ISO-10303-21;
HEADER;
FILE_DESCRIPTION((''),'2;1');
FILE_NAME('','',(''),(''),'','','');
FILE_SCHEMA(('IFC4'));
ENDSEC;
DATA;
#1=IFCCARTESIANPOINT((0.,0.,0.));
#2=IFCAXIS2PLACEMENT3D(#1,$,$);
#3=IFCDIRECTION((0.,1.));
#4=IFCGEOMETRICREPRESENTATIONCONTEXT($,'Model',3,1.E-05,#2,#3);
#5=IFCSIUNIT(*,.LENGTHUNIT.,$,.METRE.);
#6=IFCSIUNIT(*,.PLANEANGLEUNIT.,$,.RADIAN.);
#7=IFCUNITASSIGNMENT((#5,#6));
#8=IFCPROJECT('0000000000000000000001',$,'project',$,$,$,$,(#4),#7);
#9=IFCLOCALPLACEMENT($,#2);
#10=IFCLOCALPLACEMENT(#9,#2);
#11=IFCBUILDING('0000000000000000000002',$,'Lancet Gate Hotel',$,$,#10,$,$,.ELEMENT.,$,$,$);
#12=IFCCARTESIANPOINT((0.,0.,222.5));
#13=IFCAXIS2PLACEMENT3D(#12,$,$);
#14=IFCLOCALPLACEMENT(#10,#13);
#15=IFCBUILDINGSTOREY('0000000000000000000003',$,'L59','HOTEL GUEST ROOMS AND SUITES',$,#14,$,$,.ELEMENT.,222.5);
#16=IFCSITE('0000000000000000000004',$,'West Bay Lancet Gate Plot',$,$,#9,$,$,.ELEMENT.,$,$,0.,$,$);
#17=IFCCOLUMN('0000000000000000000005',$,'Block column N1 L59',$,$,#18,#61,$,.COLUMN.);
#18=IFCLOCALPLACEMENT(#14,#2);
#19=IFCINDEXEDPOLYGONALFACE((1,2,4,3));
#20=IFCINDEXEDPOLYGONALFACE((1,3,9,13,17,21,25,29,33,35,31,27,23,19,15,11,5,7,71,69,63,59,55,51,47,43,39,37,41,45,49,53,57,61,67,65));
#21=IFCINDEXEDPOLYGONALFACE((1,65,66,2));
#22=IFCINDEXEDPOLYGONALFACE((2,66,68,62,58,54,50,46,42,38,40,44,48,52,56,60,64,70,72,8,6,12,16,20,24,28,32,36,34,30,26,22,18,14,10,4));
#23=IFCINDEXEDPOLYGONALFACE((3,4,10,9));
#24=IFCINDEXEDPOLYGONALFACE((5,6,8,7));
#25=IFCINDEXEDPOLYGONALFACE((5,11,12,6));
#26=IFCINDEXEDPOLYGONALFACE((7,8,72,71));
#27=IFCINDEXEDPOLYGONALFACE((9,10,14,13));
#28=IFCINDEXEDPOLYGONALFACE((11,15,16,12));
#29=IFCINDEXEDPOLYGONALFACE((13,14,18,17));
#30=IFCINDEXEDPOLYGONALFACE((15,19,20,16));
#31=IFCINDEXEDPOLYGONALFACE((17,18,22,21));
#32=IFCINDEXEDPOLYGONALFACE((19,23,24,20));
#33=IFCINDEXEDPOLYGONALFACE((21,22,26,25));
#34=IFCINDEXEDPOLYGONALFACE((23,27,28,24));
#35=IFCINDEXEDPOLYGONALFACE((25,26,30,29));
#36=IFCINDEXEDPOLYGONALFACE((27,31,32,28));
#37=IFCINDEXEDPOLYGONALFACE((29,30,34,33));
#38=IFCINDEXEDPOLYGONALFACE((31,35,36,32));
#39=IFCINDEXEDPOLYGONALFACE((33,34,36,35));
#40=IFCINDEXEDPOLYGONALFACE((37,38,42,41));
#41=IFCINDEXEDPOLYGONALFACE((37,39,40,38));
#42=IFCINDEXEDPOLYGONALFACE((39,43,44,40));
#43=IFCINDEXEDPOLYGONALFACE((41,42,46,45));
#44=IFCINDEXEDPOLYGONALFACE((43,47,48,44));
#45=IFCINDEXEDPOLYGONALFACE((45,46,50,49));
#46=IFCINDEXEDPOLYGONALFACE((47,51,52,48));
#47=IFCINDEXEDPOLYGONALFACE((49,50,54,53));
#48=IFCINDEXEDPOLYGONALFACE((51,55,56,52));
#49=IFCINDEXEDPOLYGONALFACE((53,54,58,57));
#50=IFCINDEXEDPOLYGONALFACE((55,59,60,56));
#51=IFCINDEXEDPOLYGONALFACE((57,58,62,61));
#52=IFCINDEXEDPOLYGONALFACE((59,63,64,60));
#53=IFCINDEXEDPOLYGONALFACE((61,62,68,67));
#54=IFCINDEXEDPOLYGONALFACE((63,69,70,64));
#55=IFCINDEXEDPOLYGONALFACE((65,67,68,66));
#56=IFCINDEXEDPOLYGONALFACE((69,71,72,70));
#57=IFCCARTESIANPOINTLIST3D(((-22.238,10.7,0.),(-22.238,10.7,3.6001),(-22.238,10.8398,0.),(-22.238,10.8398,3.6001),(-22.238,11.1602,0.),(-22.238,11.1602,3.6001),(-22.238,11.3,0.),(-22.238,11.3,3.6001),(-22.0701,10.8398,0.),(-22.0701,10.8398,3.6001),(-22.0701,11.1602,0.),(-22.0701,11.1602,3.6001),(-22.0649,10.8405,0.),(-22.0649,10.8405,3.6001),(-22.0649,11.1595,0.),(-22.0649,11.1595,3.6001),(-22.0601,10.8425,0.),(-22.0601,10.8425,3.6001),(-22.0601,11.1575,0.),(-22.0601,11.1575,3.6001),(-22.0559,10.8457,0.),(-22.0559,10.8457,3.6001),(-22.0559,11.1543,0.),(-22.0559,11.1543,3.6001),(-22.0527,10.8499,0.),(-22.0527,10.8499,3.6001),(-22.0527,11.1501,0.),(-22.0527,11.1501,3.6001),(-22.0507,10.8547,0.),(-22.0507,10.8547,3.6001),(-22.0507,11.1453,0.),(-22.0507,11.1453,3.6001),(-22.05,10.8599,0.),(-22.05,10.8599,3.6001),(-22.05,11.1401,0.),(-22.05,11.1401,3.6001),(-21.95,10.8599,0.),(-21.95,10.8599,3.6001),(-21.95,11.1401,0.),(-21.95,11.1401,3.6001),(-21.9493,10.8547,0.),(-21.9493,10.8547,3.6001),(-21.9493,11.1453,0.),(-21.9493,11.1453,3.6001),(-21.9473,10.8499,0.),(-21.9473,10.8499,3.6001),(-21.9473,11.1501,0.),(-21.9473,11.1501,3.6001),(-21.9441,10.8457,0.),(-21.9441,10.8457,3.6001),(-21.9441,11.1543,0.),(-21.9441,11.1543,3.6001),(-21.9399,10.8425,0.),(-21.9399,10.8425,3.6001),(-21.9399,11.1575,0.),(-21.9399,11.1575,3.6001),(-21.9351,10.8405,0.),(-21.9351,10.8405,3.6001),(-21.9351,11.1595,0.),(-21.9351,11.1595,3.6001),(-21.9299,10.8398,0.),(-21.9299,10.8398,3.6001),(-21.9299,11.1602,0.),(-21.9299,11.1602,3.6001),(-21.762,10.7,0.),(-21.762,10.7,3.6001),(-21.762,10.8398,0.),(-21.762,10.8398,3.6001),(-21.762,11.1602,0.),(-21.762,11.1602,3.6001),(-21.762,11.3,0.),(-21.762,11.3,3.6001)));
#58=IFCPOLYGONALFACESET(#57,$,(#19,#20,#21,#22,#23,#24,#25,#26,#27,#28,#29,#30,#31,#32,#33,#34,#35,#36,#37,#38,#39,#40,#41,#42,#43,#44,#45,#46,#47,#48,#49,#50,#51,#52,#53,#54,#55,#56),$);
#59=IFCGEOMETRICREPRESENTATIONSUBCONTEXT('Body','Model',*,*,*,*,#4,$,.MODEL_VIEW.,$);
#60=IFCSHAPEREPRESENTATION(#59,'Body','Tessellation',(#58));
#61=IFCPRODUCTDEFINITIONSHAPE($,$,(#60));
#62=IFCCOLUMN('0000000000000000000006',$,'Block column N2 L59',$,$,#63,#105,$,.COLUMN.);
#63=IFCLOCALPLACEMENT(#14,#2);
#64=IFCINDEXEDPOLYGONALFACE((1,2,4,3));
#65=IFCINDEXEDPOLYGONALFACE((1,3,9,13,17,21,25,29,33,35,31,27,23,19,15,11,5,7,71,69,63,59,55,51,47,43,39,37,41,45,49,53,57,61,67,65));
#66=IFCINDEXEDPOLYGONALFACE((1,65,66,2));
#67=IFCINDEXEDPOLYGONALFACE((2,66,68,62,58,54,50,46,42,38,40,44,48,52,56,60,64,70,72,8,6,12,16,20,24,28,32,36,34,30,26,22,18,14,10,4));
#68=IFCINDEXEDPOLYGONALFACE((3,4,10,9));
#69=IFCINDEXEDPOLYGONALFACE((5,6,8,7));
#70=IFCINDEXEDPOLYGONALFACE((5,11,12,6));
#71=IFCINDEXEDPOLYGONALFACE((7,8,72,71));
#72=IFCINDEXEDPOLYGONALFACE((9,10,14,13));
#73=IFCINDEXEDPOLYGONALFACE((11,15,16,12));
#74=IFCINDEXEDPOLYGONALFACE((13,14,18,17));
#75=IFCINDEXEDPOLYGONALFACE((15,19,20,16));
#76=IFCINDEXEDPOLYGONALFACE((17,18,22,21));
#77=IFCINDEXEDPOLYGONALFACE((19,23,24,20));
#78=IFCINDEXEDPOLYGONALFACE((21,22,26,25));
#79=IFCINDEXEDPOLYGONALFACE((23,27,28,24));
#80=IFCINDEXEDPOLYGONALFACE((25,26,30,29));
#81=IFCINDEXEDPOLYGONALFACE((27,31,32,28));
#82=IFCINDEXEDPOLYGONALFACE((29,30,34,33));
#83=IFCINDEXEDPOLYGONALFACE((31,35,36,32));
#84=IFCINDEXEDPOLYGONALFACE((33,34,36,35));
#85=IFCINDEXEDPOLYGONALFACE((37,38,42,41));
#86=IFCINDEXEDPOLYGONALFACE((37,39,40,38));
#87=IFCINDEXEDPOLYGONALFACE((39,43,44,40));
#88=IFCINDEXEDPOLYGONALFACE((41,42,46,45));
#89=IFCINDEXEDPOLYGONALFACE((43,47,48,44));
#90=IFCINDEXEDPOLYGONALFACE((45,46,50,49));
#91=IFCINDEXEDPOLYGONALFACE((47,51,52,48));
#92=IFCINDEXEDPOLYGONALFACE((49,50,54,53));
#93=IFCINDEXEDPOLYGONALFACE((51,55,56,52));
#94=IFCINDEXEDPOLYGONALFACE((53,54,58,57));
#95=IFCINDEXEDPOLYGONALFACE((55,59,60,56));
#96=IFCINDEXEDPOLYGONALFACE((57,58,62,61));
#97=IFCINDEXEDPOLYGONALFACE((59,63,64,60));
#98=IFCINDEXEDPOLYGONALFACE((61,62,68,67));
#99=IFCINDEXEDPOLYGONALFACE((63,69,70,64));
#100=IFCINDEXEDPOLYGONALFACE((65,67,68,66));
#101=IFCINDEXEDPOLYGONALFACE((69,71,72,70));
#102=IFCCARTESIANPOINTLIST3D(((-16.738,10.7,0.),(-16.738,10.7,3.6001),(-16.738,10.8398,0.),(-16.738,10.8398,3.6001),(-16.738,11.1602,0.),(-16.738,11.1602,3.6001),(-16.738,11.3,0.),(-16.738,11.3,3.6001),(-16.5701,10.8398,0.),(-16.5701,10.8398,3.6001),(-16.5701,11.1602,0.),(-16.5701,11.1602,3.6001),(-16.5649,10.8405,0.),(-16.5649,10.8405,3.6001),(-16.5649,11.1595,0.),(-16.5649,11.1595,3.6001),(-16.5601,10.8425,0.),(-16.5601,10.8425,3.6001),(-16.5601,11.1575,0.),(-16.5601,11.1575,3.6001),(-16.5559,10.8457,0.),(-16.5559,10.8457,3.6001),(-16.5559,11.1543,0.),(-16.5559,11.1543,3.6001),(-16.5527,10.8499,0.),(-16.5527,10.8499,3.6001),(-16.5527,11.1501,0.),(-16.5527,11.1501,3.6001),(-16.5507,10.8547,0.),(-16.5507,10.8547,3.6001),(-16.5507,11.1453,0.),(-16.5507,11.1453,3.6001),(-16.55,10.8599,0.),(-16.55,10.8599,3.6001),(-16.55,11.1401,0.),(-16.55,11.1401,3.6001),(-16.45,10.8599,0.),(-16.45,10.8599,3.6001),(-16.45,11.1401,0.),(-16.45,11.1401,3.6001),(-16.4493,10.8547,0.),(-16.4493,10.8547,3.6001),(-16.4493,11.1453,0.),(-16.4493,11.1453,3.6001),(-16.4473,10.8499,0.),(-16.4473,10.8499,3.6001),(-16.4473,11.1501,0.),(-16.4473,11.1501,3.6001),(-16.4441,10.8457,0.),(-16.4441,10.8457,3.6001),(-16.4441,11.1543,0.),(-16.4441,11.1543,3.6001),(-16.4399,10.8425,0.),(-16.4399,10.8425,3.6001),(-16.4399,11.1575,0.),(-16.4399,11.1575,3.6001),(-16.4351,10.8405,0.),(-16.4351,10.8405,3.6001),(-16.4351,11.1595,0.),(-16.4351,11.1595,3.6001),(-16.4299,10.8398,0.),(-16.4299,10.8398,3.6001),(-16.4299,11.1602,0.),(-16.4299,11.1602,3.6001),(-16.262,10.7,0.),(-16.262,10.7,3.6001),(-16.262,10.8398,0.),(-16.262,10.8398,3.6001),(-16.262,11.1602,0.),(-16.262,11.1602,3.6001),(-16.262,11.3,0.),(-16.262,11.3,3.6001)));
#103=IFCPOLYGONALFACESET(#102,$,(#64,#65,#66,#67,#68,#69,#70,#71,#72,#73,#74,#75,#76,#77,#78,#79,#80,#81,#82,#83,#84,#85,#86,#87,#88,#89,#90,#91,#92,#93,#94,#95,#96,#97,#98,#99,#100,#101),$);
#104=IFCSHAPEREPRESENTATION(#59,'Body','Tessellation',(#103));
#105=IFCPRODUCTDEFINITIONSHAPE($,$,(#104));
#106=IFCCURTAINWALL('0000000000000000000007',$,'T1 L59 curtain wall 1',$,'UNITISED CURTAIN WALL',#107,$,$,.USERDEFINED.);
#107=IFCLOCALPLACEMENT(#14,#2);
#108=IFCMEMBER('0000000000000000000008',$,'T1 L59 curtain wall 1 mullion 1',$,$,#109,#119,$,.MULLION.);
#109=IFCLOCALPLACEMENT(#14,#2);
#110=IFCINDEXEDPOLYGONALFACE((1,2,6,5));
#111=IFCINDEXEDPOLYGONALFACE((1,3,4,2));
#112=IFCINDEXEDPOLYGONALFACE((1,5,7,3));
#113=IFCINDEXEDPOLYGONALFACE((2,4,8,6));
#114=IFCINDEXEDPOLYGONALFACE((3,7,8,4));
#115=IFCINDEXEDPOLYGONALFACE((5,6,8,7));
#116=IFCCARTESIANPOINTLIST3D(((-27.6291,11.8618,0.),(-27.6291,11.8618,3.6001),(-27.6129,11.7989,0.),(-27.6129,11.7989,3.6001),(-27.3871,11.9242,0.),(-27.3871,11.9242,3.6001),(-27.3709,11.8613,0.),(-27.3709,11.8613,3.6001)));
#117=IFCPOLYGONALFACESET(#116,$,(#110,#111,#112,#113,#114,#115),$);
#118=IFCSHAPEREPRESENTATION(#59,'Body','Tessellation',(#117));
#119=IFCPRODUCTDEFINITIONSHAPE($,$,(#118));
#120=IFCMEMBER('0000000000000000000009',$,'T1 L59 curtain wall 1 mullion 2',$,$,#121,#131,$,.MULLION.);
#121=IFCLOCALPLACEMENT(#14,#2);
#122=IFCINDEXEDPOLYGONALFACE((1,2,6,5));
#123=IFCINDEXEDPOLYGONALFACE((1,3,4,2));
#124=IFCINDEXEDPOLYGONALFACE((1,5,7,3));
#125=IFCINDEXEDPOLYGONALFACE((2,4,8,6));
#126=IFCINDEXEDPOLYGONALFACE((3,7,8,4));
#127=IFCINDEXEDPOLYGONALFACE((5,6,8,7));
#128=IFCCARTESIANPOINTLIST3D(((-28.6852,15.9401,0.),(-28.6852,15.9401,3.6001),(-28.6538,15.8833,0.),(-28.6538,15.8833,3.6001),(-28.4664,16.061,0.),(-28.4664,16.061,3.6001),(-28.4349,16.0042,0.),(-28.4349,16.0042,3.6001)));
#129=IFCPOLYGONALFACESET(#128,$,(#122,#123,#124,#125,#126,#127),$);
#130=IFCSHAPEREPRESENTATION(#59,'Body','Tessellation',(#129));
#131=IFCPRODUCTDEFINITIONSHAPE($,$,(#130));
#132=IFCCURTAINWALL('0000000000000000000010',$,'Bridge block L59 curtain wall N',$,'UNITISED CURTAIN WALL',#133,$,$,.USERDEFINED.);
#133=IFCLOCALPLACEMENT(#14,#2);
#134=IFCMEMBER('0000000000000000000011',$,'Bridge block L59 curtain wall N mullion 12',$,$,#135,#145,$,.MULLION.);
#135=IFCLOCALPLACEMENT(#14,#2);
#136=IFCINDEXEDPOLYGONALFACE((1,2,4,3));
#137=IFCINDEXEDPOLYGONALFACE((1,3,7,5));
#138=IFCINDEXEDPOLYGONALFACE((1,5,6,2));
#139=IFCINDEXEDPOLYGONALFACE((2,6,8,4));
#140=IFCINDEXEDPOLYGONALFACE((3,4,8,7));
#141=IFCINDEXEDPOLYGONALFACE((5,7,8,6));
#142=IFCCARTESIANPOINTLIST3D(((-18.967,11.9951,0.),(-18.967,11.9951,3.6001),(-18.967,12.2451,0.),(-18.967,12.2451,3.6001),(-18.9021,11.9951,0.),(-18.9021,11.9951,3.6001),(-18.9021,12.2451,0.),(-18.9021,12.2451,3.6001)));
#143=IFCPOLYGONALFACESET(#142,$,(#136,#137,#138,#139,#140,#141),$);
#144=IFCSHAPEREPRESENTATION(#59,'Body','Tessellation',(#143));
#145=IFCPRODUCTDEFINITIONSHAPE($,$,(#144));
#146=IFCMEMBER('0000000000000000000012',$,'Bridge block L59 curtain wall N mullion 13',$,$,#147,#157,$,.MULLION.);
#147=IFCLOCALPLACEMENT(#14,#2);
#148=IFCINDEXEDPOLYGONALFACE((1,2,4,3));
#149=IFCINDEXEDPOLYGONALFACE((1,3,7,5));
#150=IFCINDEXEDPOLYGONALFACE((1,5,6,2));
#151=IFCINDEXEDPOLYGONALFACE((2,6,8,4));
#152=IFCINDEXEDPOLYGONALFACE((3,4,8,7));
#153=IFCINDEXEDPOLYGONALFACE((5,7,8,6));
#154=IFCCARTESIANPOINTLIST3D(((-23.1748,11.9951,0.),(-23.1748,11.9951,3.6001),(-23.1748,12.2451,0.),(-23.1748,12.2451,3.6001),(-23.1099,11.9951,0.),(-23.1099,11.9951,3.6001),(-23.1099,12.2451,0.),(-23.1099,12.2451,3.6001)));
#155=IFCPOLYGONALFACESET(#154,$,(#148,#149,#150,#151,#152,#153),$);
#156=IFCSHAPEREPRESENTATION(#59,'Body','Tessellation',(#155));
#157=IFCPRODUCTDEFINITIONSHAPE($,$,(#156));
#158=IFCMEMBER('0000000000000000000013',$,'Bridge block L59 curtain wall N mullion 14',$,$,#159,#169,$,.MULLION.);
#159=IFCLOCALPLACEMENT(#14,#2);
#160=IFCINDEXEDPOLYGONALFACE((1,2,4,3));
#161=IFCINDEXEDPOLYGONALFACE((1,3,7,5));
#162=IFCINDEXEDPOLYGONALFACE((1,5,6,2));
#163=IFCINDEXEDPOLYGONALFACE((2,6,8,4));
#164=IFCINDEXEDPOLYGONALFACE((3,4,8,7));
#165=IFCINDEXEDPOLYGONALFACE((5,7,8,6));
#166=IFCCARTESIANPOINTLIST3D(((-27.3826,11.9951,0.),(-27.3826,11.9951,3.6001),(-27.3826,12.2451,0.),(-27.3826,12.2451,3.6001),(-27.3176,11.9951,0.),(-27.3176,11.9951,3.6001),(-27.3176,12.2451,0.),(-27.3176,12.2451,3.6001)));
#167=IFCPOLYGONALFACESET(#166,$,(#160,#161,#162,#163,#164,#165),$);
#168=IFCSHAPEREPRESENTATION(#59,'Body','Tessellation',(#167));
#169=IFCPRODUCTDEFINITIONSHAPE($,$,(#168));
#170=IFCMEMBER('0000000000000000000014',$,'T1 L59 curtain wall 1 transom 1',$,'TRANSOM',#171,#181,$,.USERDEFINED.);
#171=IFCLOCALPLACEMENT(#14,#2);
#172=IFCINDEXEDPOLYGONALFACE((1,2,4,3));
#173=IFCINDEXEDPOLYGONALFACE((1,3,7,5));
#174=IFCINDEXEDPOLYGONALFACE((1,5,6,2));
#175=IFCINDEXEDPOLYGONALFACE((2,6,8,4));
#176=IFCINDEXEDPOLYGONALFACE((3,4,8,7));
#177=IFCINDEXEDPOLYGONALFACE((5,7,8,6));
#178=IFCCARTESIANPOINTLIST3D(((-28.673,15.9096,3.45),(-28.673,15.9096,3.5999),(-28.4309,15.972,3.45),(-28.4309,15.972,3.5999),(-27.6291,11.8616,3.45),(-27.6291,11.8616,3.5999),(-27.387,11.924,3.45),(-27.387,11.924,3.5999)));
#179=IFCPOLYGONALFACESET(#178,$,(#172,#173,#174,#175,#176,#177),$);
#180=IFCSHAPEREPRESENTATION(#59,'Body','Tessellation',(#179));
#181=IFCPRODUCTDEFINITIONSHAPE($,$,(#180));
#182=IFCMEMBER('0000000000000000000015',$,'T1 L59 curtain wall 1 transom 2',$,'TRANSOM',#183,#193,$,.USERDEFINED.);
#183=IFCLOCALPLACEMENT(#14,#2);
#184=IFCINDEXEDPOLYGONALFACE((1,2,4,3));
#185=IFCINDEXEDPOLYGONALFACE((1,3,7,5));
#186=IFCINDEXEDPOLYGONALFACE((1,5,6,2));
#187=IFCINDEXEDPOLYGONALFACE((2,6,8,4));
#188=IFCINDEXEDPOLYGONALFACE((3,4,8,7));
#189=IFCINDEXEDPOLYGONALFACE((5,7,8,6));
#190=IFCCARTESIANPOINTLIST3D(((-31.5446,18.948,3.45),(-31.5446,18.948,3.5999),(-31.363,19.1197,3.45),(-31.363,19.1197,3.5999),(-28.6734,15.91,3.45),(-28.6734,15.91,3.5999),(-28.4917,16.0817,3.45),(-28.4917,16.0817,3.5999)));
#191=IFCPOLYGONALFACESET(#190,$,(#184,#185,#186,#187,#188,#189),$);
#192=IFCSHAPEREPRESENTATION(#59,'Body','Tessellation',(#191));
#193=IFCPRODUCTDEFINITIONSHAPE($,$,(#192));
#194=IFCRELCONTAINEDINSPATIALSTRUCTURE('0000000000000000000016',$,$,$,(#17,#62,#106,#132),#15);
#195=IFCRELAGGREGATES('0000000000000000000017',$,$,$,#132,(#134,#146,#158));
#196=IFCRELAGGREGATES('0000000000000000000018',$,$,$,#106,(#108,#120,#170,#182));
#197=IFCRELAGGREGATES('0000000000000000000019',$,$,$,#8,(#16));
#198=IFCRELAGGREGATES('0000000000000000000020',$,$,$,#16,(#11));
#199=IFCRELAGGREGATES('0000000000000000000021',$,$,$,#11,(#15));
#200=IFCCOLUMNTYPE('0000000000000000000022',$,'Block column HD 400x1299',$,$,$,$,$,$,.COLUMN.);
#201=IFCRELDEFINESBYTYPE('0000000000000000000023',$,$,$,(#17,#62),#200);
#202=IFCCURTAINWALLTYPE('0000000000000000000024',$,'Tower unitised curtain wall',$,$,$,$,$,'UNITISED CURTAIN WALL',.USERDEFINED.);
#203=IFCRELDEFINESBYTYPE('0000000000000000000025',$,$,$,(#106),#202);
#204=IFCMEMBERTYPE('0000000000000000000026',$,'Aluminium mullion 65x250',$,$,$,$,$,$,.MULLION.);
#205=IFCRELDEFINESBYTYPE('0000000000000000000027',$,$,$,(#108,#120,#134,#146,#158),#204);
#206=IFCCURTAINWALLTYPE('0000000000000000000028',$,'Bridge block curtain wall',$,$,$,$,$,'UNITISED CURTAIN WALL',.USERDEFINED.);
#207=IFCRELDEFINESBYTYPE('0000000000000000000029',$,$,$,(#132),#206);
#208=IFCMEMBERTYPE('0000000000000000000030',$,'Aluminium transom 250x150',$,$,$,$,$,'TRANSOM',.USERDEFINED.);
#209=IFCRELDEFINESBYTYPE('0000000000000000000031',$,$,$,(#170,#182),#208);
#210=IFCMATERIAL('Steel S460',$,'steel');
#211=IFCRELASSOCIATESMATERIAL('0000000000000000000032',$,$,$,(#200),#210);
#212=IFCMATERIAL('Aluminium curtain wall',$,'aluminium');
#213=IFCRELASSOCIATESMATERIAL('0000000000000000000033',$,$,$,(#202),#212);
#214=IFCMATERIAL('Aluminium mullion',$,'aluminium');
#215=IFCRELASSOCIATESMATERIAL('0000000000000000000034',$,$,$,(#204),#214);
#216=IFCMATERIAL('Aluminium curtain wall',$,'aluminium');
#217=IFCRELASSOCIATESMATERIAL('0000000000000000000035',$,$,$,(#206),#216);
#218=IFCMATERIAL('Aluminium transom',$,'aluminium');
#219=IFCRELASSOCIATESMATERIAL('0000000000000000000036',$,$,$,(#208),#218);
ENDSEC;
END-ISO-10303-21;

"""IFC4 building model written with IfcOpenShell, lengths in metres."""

from ifc_helpers import new_model, si_unit, direction, frame, origin, origin_2d, place, context, subcontext, project, spatial, rectangle, i_section, extrude, material, material_profile, profile_set, type_object, element, aggregate, save


model = new_model("IFC4")

# Units and contexts
model_context = context("Model", 3, precision=1e-05, world=origin(), true_north=direction((0.0, 1.0)))
body_context = subcontext(model_context, "Body", "Model", "MODEL_VIEW")
ifc_project = project(units=[si_unit("LENGTHUNIT", "METRE"), si_unit("PLANEANGLEUNIT", "RADIAN")], contexts=[model_context])

# Site, building, storey
site_placement = place(None, origin())
site = spatial("IfcSite", under=ifc_project, at=site_placement, Name="West Bay Lancet Gate Plot", CompositionType="ELEMENT", RefElevation=0.0)
building_placement = place(site_placement, origin())
building = spatial("IfcBuilding", under=site, at=building_placement, Name="Lancet Gate Hotel", CompositionType="ELEMENT")
storey_placement = place(building_placement, frame((0.0, 0.0, 222.5)))
storey = spatial("IfcBuildingStorey", under=building, at=storey_placement, Name="L59", Description="HOTEL GUEST ROOMS AND SUITES", CompositionType="ELEMENT", Elevation=222.5)

# Columns
ifc_material_1 = material(Name="Steel S460", Category="steel")
ifc_material_profile_1 = material_profile(ifc_material_1, i_section(OverallWidth=0.4761, OverallDepth=0.6001, WebThickness=0.1001, FlangeThickness=0.1399, FilletRadius=0.02, at=origin_2d()), Name="HD 400x1299")
ifc_profile_set_1 = profile_set([ifc_material_profile_1], Name="Steel S460")
column_type = type_object("IfcColumnType", Name="Block column HD 400x1299", PredefinedType="COLUMN", material=ifc_profile_set_1)
for number, where, z_axis, x_axis, name in (
    (1, (-22.0, 11.0, 0.0), (0.0, 0.0, 1.0), (1.0, 0.0, 0.0), "Block column N1 L59"),
    (2, (-16.5, 11.0, 0.0), (0.0, 0.0, 1.0), (1.0, 0.0, 0.0), "Block column N2 L59"),
):
    element("IfcColumn", number, at=place(storey_placement, frame(where, z_axis=z_axis, x_axis=x_axis)), inside=storey, type_object=column_type, Name=name, PredefinedType="COLUMN", context=body_context, shape_type="SweptSolid", body=[
        extrude(i_section(OverallWidth=0.4761, OverallDepth=0.6001, WebThickness=0.1001, FlangeThickness=0.1399, FilletRadius=0.02, at=origin_2d()), origin(), (0.0, 0.0, 1.0), 3.6001),
    ])

# Curtain walls, members
ifc_material_2 = material(Name="Aluminium curtain wall", Category="aluminium")
curtain_wall_type_1 = type_object("IfcCurtainWallType", Name="Tower unitised curtain wall", ElementType="UNITISED CURTAIN WALL", PredefinedType="USERDEFINED", material=ifc_material_2)
curtain_wall_1_placement = place(storey_placement, origin())
curtain_wall_1 = element("IfcCurtainWall", 3, at=curtain_wall_1_placement, inside=storey, type_object=curtain_wall_type_1, Name="T1 L59 curtain wall 1", ObjectType="UNITISED CURTAIN WALL", PredefinedType="USERDEFINED")
ifc_material_3 = material(Name="Aluminium mullion", Category="aluminium")
ifc_material_profile_2 = material_profile(ifc_material_3, rectangle(XDim=0.0649, YDim=0.25, at=origin_2d()), Name="MULLION 65x250")
ifc_profile_set_2 = profile_set([ifc_material_profile_2], Name="Aluminium mullion")
member_type_1 = type_object("IfcMemberType", Name="Aluminium mullion 65x250", PredefinedType="MULLION", material=ifc_profile_set_2)
member_1_placement = place(storey_placement, frame((-27.5, 11.8616, 0.0), z_axis=(0.0, 0.0, 1.0), x_axis=(-0.249726, 0.968317, 0.0)))
member_1 = element("IfcMember", 4, at=member_1_placement, type_object=member_type_1, Name="T1 L59 curtain wall 1 mullion 1", PredefinedType="MULLION", context=body_context, shape_type="SweptSolid", body=[
    extrude(rectangle(XDim=0.0649, YDim=0.25, at=origin_2d()), origin(), (0.0, 0.0, 1.0), 3.6001),
])
member_2_placement = place(storey_placement, frame((-28.5601, 15.9722, 0.0), z_axis=(0.0, 0.0, 1.0), x_axis=(-0.483627, 0.875274, 0.0)))
member_2 = element("IfcMember", 5, at=member_2_placement, type_object=member_type_1, Name="T1 L59 curtain wall 1 mullion 2", PredefinedType="MULLION", context=body_context, shape_type="SweptSolid", body=[
    extrude(rectangle(XDim=0.0649, YDim=0.25, at=origin_2d()), origin(), (0.0, 0.0, 1.0), 3.6001),
])
ifc_material_4 = material(Name="Aluminium curtain wall", Category="aluminium")
curtain_wall_type_2 = type_object("IfcCurtainWallType", Name="Bridge block curtain wall", ElementType="UNITISED CURTAIN WALL", PredefinedType="USERDEFINED", material=ifc_material_4)
curtain_wall_2_placement = place(storey_placement, origin())
curtain_wall_2 = element("IfcCurtainWall", 6, at=curtain_wall_2_placement, inside=storey, type_object=curtain_wall_type_2, Name="Bridge block L59 curtain wall N", ObjectType="UNITISED CURTAIN WALL", PredefinedType="USERDEFINED")
member_3_placement = place(storey_placement, frame((-18.9346, 12.1201, 0.0), z_axis=(0.0, 0.0, 1.0), x_axis=(-1.0, 0.0, 0.0)))
member_3 = element("IfcMember", 7, at=member_3_placement, type_object=member_type_1, Name="Bridge block L59 curtain wall N mullion 12", PredefinedType="MULLION", context=body_context, shape_type="SweptSolid", body=[
    extrude(rectangle(XDim=0.0649, YDim=0.25, at=origin_2d()), origin(), (0.0, 0.0, 1.0), 3.6001),
])
member_4_placement = place(storey_placement, frame((-23.1423, 12.1201, 0.0), z_axis=(0.0, 0.0, 1.0), x_axis=(-1.0, 0.0, 0.0)))
member_4 = element("IfcMember", 8, at=member_4_placement, type_object=member_type_1, Name="Bridge block L59 curtain wall N mullion 13", PredefinedType="MULLION", context=body_context, shape_type="SweptSolid", body=[
    extrude(rectangle(XDim=0.0649, YDim=0.25, at=origin_2d()), origin(), (0.0, 0.0, 1.0), 3.6001),
])
member_5_placement = place(storey_placement, frame((-27.3501, 12.1201, 0.0), z_axis=(0.0, 0.0, 1.0), x_axis=(-1.0, 0.0, 0.0)))
member_5 = element("IfcMember", 9, at=member_5_placement, type_object=member_type_1, Name="Bridge block L59 curtain wall N mullion 14", PredefinedType="MULLION", context=body_context, shape_type="SweptSolid", body=[
    extrude(rectangle(XDim=0.0649, YDim=0.25, at=origin_2d()), origin(), (0.0, 0.0, 1.0), 3.6001),
])

# Members
ifc_material_5 = material(Name="Aluminium transom", Category="aluminium")
ifc_material_profile_3 = material_profile(ifc_material_5, rectangle(XDim=0.25, YDim=0.1499, at=origin_2d()), Name="TRANSOM 250x150")
ifc_profile_set_3 = profile_set([ifc_material_profile_3], Name="Aluminium transom")
member_type_2 = type_object("IfcMemberType", Name="Aluminium transom 250x150", ElementType="TRANSOM", PredefinedType="USERDEFINED", material=ifc_profile_set_3)
member_6_placement = place(storey_placement, frame((-27.5081, 11.8928, 3.5249), z_axis=(-0.249716, 0.968319, 0.0), x_axis=(-0.968319, -0.249716, 0.0)))
member_6 = element("IfcMember", 10, at=member_6_placement, type_object=member_type_2, Name="T1 L59 curtain wall 1 transom 1", ObjectType="TRANSOM", PredefinedType="USERDEFINED", context=body_context, shape_type="SweptSolid", body=[
    extrude(rectangle(XDim=0.25, YDim=0.1499, at=origin_2d()), origin(), (0.0, 0.0, 1.0), 4.1804),
])
member_7_placement = place(storey_placement, frame((-28.5825, 15.9958, 3.5249), z_axis=(-0.686881, 0.72677, 0.0), x_axis=(-0.72677, -0.686881, 0.0)))
member_7 = element("IfcMember", 11, at=member_7_placement, type_object=member_type_2, Name="T1 L59 curtain wall 1 transom 2", ObjectType="TRANSOM", PredefinedType="USERDEFINED", context=body_context, shape_type="SweptSolid", body=[
    extrude(rectangle(XDim=0.25, YDim=0.1499, at=origin_2d()), origin(), (0.0, 0.0, 1.0), 4.1802),
])

aggregate(curtain_wall_2, [member_3, member_4, member_5])
aggregate(curtain_wall_1, [member_1, member_2, member_6, member_7])

save(model, "model.ifc")
